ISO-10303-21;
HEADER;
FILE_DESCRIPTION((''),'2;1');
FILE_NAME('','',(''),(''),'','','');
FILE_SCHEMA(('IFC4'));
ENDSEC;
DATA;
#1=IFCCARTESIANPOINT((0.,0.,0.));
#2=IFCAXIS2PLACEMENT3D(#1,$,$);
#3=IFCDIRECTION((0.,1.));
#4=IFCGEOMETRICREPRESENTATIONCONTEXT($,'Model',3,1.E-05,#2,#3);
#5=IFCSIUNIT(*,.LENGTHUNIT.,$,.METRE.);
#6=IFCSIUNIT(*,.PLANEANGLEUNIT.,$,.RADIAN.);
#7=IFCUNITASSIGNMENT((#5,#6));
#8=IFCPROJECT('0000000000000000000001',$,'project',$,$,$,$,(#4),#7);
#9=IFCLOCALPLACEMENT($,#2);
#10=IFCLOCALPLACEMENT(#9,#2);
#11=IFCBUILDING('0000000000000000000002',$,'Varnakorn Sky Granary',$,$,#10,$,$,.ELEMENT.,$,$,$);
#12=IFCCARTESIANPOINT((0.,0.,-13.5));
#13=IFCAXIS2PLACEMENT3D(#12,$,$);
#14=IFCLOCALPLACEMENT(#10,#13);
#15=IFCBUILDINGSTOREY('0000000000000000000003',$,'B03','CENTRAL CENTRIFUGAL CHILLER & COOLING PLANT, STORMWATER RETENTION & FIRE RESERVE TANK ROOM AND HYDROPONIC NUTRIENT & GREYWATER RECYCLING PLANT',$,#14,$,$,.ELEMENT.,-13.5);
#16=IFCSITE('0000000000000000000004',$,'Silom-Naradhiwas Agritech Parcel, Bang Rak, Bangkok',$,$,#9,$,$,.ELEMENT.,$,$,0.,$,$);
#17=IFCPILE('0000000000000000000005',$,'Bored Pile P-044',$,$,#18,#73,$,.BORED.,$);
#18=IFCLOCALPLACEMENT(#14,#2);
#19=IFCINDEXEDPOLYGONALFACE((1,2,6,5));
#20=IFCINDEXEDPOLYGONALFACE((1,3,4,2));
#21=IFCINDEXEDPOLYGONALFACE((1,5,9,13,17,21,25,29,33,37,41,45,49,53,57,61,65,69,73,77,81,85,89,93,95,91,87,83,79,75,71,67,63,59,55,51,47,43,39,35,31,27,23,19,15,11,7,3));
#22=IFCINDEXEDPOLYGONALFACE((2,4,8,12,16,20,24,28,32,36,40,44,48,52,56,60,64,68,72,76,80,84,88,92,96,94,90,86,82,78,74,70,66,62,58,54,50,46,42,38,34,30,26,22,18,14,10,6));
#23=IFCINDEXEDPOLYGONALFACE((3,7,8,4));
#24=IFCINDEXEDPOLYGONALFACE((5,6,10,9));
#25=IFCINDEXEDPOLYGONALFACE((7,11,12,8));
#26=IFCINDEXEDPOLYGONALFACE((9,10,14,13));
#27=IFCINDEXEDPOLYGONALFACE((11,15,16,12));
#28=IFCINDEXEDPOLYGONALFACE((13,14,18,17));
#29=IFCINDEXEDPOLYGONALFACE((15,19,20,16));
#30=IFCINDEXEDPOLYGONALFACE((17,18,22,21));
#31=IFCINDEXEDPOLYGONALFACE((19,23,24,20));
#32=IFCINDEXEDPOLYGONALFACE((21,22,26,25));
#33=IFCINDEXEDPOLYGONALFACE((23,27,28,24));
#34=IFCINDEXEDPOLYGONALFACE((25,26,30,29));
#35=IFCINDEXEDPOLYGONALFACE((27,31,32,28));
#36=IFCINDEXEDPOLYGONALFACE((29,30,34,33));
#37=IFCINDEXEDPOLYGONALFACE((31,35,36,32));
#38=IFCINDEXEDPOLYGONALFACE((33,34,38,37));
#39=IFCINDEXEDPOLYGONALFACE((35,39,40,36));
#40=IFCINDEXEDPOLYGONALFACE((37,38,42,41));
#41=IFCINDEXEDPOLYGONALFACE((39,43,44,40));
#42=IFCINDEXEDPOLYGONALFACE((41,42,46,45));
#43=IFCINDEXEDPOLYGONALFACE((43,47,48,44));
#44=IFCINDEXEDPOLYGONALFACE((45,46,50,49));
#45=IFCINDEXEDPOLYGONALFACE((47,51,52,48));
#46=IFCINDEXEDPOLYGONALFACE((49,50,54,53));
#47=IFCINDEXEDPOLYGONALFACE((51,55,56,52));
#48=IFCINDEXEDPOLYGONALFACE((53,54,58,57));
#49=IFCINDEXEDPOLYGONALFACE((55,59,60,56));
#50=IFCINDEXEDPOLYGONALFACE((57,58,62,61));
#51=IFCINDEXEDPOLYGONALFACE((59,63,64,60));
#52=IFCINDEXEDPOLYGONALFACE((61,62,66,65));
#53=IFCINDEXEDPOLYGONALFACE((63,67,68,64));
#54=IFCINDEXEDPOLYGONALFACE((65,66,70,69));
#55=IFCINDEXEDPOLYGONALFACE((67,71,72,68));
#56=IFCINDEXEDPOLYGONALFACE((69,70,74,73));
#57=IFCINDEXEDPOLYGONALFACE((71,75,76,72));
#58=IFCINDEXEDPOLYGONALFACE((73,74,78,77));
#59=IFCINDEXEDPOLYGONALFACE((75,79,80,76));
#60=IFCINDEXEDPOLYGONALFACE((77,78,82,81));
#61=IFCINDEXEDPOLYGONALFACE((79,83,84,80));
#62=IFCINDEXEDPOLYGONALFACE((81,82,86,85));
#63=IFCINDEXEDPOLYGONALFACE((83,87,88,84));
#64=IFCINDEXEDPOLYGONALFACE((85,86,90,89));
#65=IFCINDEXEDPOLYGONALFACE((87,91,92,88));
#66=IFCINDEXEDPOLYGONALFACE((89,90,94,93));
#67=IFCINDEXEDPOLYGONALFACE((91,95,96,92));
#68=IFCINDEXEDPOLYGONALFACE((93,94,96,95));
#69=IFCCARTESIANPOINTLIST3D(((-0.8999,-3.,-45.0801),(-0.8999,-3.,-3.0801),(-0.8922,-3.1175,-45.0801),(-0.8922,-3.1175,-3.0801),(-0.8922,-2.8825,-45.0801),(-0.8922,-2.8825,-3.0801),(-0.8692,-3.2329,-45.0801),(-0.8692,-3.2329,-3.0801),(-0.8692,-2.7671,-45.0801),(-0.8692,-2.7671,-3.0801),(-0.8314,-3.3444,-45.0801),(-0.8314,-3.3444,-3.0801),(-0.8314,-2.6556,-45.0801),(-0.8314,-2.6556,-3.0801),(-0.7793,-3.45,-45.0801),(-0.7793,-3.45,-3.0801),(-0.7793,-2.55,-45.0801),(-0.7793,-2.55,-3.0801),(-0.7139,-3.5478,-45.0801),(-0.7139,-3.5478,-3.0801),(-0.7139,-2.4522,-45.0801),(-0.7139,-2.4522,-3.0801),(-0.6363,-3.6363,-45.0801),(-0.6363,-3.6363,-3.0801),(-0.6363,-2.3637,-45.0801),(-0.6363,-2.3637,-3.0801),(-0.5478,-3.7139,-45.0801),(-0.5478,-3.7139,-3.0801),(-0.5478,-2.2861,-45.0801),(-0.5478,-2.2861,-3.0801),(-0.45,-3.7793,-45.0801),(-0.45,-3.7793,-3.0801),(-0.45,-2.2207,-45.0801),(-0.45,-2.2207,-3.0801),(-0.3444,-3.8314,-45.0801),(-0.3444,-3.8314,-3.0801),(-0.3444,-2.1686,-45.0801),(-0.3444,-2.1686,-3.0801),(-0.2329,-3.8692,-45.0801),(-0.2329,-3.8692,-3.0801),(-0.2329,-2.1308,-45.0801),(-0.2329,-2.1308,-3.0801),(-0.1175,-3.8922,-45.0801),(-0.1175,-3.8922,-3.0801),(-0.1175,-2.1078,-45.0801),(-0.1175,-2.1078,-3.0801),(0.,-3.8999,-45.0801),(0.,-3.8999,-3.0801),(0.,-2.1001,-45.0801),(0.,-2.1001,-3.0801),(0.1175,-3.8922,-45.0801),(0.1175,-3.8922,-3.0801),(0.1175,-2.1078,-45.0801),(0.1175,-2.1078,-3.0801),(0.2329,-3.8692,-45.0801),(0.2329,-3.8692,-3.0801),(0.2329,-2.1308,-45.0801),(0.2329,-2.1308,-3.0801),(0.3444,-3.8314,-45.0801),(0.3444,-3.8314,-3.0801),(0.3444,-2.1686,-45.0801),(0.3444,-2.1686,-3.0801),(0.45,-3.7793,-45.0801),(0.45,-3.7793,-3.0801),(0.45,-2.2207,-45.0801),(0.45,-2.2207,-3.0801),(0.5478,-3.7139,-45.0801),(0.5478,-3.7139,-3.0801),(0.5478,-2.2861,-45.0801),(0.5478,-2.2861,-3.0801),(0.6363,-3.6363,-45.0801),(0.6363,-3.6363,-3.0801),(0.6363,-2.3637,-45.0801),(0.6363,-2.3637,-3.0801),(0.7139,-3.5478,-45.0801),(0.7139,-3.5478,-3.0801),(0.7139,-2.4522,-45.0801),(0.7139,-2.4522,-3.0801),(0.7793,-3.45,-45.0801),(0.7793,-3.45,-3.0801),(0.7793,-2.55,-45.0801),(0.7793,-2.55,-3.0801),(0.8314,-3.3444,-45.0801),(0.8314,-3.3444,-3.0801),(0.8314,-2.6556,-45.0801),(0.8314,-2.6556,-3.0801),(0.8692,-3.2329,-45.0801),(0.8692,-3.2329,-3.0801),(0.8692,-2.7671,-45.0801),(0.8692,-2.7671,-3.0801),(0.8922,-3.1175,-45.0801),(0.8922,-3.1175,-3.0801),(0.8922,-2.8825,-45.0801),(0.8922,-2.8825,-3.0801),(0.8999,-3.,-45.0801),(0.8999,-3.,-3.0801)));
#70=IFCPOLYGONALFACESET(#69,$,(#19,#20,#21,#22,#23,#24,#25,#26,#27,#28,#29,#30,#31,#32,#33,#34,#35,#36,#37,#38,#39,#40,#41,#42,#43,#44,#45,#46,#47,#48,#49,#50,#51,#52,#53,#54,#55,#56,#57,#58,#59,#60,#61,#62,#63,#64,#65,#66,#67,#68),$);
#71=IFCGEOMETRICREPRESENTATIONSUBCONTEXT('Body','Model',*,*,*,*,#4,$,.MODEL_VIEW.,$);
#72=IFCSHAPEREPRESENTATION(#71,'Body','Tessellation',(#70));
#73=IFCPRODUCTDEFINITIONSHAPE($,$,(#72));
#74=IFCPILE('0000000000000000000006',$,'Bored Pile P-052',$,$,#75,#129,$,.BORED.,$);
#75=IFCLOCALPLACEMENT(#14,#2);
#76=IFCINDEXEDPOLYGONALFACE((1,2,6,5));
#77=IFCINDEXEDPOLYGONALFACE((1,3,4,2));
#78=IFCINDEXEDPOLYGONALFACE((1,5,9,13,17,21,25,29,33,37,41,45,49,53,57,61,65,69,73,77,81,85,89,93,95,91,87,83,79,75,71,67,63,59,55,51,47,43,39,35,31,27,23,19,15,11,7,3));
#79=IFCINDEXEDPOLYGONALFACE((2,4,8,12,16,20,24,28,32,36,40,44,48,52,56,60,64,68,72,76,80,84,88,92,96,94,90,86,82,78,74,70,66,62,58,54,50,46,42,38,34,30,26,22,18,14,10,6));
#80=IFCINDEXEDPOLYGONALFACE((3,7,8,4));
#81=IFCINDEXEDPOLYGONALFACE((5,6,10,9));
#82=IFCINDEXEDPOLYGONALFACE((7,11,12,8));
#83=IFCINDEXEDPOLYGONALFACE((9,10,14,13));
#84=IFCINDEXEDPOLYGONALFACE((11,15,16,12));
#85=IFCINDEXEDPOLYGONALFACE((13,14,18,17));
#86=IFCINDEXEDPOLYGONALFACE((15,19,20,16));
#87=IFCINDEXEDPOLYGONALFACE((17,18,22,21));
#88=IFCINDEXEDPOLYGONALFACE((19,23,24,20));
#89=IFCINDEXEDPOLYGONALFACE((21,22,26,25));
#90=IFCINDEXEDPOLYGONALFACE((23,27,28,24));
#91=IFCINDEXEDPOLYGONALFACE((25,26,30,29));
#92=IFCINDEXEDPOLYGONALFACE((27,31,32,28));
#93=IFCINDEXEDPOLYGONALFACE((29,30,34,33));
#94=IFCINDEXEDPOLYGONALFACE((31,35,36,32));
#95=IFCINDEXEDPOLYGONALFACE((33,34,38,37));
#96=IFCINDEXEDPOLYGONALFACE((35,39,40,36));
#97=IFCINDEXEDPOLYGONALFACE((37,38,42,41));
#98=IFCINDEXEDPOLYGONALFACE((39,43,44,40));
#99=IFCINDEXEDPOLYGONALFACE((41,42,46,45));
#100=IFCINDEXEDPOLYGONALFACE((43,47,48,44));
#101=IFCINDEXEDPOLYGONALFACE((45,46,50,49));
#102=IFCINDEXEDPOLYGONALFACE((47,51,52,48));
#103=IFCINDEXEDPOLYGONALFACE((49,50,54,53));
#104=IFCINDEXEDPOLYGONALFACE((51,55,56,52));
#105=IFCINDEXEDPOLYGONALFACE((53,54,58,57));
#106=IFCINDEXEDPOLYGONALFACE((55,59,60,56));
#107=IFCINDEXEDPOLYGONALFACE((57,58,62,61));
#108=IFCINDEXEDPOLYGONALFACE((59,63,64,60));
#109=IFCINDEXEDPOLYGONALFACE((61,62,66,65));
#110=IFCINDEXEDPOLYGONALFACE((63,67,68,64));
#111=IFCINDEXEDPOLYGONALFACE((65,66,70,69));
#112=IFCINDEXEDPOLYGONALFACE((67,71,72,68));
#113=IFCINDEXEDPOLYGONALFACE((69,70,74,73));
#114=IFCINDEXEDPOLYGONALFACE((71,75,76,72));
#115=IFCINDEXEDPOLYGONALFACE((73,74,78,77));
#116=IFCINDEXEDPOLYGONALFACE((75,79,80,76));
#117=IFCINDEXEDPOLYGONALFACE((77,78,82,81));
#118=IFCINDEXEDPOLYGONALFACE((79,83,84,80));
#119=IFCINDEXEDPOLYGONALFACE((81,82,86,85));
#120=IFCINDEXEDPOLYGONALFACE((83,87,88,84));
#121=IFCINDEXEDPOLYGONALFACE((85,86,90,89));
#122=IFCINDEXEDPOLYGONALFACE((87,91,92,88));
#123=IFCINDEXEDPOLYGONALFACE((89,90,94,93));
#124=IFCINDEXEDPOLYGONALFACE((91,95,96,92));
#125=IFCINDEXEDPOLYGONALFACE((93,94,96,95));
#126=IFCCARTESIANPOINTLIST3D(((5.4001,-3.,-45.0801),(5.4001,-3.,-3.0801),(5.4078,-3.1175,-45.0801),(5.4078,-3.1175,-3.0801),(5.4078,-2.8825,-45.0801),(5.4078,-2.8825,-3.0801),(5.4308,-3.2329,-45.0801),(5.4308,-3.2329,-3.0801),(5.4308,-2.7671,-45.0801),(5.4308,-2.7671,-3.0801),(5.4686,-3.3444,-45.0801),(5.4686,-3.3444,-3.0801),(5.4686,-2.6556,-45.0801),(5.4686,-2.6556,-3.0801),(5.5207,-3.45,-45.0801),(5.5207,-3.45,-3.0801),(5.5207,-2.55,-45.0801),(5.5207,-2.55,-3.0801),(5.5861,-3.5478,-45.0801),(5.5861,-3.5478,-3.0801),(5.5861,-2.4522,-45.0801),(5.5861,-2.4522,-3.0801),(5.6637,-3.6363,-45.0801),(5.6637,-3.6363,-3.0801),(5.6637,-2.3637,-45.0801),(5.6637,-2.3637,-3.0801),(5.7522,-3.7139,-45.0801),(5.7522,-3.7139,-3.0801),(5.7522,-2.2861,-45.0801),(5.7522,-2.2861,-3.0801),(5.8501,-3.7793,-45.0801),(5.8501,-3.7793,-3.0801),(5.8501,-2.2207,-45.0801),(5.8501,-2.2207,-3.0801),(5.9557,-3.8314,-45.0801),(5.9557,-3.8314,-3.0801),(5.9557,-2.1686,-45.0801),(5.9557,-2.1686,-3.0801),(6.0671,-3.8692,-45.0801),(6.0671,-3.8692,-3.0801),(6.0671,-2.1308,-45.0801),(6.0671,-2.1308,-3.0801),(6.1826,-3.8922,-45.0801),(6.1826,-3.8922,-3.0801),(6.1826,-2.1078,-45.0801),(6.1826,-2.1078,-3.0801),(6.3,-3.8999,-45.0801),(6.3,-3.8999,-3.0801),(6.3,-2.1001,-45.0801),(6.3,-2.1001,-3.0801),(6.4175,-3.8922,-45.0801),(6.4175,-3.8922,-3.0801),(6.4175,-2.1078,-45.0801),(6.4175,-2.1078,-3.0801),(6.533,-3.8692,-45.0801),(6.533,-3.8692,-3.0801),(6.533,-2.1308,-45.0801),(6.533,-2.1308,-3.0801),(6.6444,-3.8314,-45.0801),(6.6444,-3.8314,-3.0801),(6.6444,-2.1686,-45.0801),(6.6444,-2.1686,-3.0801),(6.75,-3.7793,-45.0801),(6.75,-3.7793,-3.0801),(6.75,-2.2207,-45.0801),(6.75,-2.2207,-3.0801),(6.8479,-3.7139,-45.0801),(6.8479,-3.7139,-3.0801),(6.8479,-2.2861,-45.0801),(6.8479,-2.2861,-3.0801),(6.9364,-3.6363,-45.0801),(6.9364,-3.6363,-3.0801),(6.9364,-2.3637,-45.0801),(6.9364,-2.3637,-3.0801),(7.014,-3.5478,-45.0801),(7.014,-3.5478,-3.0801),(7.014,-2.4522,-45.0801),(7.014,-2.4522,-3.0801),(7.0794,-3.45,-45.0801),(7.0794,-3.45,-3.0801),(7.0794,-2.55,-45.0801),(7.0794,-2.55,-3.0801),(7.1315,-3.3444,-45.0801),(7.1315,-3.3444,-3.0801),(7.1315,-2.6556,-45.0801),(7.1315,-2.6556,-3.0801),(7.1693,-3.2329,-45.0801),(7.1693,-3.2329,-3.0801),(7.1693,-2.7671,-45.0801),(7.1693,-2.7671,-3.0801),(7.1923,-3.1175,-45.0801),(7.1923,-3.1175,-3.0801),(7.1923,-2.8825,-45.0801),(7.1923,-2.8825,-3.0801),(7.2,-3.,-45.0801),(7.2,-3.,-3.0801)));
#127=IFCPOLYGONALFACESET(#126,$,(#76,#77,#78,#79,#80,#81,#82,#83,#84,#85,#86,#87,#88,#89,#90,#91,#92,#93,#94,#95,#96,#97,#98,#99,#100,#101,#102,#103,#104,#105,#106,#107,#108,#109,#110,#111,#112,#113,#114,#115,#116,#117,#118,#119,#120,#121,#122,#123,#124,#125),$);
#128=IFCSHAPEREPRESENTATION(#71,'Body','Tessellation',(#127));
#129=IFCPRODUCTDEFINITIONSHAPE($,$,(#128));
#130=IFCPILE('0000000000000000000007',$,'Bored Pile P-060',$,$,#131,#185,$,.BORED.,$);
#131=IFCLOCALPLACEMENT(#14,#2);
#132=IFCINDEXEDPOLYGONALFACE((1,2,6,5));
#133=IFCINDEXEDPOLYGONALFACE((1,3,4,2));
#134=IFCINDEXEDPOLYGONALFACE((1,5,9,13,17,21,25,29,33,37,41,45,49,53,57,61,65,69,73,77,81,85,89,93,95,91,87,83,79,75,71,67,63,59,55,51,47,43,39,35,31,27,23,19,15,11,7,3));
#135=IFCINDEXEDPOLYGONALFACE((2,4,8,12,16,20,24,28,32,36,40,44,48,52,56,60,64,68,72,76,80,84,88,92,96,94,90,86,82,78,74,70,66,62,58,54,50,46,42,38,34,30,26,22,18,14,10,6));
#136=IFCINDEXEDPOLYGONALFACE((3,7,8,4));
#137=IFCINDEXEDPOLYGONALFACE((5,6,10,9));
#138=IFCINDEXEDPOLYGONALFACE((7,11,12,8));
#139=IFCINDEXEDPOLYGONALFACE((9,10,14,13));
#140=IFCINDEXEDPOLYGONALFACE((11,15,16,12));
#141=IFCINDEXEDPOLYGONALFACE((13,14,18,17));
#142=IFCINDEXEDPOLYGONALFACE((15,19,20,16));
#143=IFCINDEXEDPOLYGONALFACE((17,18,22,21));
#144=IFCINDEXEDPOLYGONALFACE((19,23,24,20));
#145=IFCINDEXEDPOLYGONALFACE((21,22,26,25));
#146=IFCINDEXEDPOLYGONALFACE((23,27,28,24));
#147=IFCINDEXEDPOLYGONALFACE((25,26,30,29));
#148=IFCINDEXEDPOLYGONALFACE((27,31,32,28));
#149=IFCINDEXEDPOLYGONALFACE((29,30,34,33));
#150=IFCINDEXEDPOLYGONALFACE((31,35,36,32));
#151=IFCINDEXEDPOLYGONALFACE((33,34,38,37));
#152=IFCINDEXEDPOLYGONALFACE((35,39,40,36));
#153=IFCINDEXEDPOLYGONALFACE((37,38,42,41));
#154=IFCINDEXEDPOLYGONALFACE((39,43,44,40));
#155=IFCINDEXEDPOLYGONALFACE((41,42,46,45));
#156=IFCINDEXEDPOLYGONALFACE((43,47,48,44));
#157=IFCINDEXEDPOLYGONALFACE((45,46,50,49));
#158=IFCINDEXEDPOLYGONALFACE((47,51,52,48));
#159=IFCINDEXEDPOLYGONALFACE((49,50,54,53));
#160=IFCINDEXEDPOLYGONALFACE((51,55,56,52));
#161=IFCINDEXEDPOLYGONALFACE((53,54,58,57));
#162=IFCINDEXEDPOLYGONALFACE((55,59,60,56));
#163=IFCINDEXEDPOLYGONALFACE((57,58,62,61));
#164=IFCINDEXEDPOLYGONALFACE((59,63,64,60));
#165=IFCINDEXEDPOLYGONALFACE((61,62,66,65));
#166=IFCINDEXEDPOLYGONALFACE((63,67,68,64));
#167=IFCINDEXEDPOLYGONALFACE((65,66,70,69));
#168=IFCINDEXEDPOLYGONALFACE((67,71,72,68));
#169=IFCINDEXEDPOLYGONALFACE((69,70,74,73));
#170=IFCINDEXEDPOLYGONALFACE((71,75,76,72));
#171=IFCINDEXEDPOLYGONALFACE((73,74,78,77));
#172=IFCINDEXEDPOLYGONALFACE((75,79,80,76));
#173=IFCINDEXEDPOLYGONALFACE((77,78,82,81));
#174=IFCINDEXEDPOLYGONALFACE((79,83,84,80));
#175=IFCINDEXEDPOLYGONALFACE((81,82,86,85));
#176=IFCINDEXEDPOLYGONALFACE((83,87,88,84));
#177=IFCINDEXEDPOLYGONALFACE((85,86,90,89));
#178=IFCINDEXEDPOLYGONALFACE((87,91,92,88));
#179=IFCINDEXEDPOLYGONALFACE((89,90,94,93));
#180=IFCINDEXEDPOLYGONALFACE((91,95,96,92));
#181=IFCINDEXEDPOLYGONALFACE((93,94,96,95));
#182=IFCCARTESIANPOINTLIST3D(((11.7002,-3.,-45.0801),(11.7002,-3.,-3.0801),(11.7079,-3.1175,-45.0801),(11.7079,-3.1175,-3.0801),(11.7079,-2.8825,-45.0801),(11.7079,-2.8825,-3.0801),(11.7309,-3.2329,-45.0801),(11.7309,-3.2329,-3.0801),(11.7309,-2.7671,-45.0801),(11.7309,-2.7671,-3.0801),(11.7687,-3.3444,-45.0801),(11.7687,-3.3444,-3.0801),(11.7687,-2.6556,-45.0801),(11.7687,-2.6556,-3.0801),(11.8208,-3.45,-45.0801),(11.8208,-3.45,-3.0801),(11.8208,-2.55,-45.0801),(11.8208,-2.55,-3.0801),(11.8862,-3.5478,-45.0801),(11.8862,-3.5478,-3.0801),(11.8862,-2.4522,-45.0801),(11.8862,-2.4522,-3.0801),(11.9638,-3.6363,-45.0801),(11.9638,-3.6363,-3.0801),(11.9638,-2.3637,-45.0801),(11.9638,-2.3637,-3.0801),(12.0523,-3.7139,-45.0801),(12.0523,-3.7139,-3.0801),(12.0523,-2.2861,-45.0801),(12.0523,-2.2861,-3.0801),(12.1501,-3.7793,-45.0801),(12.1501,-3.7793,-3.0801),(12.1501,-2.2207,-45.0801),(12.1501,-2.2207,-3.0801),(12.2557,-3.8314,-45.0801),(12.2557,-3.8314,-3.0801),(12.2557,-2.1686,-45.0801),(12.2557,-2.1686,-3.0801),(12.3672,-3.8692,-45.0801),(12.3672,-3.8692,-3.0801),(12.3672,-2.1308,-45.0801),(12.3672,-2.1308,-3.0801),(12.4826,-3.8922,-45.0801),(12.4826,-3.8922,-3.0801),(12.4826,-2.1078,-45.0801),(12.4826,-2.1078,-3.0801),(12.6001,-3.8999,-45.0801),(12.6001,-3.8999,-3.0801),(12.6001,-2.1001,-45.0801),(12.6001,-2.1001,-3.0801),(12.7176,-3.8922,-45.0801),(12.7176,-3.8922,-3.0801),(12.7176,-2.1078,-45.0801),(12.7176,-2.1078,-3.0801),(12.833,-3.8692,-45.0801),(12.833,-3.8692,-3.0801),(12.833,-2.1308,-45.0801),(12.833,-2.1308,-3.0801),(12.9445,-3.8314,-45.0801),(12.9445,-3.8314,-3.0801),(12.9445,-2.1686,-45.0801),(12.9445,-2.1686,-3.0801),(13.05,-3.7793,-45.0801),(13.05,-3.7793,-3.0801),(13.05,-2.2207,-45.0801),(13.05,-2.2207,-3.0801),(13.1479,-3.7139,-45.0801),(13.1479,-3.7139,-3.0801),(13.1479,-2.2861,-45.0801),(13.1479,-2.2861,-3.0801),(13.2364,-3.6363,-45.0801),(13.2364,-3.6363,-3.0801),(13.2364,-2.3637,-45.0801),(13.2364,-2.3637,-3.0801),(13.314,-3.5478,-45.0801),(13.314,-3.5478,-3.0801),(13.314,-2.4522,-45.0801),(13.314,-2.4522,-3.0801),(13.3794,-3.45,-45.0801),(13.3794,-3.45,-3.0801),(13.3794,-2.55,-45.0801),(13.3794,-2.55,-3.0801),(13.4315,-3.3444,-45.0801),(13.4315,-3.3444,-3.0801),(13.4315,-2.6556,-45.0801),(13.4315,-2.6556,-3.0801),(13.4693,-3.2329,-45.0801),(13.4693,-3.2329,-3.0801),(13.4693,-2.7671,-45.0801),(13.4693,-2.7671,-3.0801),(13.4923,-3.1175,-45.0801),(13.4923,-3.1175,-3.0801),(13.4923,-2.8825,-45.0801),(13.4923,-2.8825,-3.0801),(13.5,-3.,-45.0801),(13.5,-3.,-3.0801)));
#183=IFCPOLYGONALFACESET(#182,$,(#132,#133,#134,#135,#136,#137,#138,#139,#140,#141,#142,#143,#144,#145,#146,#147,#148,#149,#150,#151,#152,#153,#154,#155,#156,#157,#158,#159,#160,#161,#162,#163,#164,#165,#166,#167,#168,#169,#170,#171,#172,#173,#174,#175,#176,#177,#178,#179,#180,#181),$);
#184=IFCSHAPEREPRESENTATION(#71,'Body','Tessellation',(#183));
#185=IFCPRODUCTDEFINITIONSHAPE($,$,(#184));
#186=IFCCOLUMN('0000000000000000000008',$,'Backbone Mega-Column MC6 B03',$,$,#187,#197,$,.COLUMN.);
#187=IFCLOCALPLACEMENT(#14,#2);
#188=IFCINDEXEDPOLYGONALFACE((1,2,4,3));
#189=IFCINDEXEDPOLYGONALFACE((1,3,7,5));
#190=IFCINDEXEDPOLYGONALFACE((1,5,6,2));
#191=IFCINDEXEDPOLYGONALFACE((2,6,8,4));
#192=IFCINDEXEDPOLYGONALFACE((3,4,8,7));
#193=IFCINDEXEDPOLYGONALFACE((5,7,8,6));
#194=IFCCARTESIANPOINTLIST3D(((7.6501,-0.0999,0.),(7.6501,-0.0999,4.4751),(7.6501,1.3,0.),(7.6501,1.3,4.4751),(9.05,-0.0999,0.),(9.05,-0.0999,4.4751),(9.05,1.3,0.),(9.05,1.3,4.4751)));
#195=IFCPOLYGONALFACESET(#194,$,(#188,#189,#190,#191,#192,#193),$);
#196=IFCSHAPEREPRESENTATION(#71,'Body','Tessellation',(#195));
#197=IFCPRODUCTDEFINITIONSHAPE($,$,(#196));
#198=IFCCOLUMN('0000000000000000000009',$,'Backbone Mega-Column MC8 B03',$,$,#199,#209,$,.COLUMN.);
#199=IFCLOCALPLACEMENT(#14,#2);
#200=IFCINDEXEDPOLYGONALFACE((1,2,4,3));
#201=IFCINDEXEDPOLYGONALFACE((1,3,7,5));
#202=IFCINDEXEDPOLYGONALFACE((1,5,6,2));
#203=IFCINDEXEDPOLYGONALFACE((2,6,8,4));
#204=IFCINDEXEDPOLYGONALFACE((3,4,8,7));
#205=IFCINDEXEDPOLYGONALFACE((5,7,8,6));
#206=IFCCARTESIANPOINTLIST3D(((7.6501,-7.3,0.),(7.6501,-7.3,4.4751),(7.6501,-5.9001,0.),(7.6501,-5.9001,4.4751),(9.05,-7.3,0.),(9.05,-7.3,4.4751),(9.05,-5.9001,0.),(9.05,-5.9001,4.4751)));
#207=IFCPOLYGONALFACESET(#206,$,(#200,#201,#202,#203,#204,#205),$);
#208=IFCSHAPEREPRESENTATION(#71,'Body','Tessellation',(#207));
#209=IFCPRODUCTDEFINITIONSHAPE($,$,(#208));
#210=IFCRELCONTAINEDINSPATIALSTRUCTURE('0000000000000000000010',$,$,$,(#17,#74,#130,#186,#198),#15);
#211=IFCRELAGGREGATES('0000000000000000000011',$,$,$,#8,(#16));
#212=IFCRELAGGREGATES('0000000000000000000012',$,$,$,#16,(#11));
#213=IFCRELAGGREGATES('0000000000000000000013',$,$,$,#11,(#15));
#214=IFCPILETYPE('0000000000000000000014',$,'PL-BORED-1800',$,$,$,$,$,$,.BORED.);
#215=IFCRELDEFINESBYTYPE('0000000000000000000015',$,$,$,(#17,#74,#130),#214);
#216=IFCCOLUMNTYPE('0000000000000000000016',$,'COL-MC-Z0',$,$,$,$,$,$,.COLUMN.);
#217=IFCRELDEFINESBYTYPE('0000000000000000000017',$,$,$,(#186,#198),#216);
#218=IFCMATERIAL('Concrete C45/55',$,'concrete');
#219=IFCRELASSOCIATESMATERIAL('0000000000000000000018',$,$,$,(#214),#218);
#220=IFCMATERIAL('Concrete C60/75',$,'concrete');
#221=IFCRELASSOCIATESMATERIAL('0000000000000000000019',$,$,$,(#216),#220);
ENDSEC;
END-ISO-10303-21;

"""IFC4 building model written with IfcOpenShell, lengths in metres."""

from ifc_helpers import new_model, si_unit, direction, frame, origin, origin_2d, place, context, subcontext, project, spatial, rectangle, circle, extrude, material, material_profile, profile_set, type_object, element, save


model = new_model("IFC4")

# Units and contexts
model_context = context("Model", 3, precision=1e-05, world=origin(), true_north=direction((0.0, 1.0)))
body_context = subcontext(model_context, "Body", "Model", "MODEL_VIEW")
ifc_project = project(units=[si_unit("LENGTHUNIT", "METRE"), si_unit("PLANEANGLEUNIT", "RADIAN")], contexts=[model_context])

# Site, building, storey
site_placement = place(None, origin())
site = spatial("IfcSite", under=ifc_project, at=site_placement, Name="Silom-Naradhiwas Agritech Parcel, Bang Rak, Bangkok", CompositionType="ELEMENT", RefElevation=0.0)
building_placement = place(site_placement, origin())
building = spatial("IfcBuilding", under=site, at=building_placement, Name="Varnakorn Sky Granary", CompositionType="ELEMENT")
storey_placement = place(building_placement, frame((0.0, 0.0, -13.5)))
storey = spatial("IfcBuildingStorey", under=building, at=storey_placement, Name="B03", Description="CENTRAL CENTRIFUGAL CHILLER & COOLING PLANT, STORMWATER RETENTION & FIRE RESERVE TANK ROOM AND HYDROPONIC NUTRIENT & GREYWATER RECYCLING PLANT", CompositionType="ELEMENT", Elevation=-13.5)

# Piles
ifc_material_1 = material(Name="Concrete C45/55", Category="concrete")
ifc_material_profile_1 = material_profile(ifc_material_1, circle(Radius=0.8999, at=origin_2d()), Name="PILE D1800")
ifc_profile_set_1 = profile_set([ifc_material_profile_1], Name="Concrete C45/55")
pile_type = type_object("IfcPileType", Name="PL-BORED-1800", PredefinedType="BORED", material=ifc_profile_set_1)
for number, where, z_axis, x_axis, name in (
    (1, (0.0, -3.0, -3.0801), (0.0, 0.0, -1.0), (1.0, 0.0, 0.0), "Bored Pile P-044"),
    (2, (6.3, -3.0, -3.0801), (0.0, 0.0, -1.0), (1.0, 0.0, 0.0), "Bored Pile P-052"),
    (3, (12.6001, -3.0, -3.0801), (0.0, 0.0, -1.0), (1.0, 0.0, 0.0), "Bored Pile P-060"),
):
    element("IfcPile", number, at=place(storey_placement, frame(where, z_axis=z_axis, x_axis=x_axis)), inside=storey, type_object=pile_type, Name=name, PredefinedType="BORED", context=body_context, shape_type="SweptSolid", body=[
        extrude(circle(Radius=0.8999, at=origin_2d()), origin(), (0.0, 0.0, 1.0), 42.0),
    ])

# Columns
ifc_material_2 = material(Name="Concrete C60/75", Category="concrete")
ifc_material_profile_2 = material_profile(ifc_material_2, rectangle(XDim=1.3999, YDim=1.3999, at=origin_2d()), Name="RC 1400x1400")
ifc_profile_set_2 = profile_set([ifc_material_profile_2], Name="Concrete C60/75")
column_type = type_object("IfcColumnType", Name="COL-MC-Z0", PredefinedType="COLUMN", material=ifc_profile_set_2)
for number, where, z_axis, x_axis, name in (
    (4, (8.3501, 0.6001, 0.0), (0.0, 0.0, 1.0), (1.0, 0.0, 0.0), "Backbone Mega-Column MC6 B03"),
    (5, (8.3501, -6.6001, 0.0), (0.0, 0.0, 1.0), (1.0, 0.0, 0.0), "Backbone Mega-Column MC8 B03"),
):
    element("IfcColumn", number, at=place(storey_placement, frame(where, z_axis=z_axis, x_axis=x_axis)), inside=storey, type_object=column_type, Name=name, PredefinedType="COLUMN", context=body_context, shape_type="SweptSolid", body=[
        extrude(rectangle(XDim=1.3999, YDim=1.3999, at=origin_2d()), origin(), (0.0, 0.0, 1.0), 4.4751),
    ])

save(model, "model.ifc")
